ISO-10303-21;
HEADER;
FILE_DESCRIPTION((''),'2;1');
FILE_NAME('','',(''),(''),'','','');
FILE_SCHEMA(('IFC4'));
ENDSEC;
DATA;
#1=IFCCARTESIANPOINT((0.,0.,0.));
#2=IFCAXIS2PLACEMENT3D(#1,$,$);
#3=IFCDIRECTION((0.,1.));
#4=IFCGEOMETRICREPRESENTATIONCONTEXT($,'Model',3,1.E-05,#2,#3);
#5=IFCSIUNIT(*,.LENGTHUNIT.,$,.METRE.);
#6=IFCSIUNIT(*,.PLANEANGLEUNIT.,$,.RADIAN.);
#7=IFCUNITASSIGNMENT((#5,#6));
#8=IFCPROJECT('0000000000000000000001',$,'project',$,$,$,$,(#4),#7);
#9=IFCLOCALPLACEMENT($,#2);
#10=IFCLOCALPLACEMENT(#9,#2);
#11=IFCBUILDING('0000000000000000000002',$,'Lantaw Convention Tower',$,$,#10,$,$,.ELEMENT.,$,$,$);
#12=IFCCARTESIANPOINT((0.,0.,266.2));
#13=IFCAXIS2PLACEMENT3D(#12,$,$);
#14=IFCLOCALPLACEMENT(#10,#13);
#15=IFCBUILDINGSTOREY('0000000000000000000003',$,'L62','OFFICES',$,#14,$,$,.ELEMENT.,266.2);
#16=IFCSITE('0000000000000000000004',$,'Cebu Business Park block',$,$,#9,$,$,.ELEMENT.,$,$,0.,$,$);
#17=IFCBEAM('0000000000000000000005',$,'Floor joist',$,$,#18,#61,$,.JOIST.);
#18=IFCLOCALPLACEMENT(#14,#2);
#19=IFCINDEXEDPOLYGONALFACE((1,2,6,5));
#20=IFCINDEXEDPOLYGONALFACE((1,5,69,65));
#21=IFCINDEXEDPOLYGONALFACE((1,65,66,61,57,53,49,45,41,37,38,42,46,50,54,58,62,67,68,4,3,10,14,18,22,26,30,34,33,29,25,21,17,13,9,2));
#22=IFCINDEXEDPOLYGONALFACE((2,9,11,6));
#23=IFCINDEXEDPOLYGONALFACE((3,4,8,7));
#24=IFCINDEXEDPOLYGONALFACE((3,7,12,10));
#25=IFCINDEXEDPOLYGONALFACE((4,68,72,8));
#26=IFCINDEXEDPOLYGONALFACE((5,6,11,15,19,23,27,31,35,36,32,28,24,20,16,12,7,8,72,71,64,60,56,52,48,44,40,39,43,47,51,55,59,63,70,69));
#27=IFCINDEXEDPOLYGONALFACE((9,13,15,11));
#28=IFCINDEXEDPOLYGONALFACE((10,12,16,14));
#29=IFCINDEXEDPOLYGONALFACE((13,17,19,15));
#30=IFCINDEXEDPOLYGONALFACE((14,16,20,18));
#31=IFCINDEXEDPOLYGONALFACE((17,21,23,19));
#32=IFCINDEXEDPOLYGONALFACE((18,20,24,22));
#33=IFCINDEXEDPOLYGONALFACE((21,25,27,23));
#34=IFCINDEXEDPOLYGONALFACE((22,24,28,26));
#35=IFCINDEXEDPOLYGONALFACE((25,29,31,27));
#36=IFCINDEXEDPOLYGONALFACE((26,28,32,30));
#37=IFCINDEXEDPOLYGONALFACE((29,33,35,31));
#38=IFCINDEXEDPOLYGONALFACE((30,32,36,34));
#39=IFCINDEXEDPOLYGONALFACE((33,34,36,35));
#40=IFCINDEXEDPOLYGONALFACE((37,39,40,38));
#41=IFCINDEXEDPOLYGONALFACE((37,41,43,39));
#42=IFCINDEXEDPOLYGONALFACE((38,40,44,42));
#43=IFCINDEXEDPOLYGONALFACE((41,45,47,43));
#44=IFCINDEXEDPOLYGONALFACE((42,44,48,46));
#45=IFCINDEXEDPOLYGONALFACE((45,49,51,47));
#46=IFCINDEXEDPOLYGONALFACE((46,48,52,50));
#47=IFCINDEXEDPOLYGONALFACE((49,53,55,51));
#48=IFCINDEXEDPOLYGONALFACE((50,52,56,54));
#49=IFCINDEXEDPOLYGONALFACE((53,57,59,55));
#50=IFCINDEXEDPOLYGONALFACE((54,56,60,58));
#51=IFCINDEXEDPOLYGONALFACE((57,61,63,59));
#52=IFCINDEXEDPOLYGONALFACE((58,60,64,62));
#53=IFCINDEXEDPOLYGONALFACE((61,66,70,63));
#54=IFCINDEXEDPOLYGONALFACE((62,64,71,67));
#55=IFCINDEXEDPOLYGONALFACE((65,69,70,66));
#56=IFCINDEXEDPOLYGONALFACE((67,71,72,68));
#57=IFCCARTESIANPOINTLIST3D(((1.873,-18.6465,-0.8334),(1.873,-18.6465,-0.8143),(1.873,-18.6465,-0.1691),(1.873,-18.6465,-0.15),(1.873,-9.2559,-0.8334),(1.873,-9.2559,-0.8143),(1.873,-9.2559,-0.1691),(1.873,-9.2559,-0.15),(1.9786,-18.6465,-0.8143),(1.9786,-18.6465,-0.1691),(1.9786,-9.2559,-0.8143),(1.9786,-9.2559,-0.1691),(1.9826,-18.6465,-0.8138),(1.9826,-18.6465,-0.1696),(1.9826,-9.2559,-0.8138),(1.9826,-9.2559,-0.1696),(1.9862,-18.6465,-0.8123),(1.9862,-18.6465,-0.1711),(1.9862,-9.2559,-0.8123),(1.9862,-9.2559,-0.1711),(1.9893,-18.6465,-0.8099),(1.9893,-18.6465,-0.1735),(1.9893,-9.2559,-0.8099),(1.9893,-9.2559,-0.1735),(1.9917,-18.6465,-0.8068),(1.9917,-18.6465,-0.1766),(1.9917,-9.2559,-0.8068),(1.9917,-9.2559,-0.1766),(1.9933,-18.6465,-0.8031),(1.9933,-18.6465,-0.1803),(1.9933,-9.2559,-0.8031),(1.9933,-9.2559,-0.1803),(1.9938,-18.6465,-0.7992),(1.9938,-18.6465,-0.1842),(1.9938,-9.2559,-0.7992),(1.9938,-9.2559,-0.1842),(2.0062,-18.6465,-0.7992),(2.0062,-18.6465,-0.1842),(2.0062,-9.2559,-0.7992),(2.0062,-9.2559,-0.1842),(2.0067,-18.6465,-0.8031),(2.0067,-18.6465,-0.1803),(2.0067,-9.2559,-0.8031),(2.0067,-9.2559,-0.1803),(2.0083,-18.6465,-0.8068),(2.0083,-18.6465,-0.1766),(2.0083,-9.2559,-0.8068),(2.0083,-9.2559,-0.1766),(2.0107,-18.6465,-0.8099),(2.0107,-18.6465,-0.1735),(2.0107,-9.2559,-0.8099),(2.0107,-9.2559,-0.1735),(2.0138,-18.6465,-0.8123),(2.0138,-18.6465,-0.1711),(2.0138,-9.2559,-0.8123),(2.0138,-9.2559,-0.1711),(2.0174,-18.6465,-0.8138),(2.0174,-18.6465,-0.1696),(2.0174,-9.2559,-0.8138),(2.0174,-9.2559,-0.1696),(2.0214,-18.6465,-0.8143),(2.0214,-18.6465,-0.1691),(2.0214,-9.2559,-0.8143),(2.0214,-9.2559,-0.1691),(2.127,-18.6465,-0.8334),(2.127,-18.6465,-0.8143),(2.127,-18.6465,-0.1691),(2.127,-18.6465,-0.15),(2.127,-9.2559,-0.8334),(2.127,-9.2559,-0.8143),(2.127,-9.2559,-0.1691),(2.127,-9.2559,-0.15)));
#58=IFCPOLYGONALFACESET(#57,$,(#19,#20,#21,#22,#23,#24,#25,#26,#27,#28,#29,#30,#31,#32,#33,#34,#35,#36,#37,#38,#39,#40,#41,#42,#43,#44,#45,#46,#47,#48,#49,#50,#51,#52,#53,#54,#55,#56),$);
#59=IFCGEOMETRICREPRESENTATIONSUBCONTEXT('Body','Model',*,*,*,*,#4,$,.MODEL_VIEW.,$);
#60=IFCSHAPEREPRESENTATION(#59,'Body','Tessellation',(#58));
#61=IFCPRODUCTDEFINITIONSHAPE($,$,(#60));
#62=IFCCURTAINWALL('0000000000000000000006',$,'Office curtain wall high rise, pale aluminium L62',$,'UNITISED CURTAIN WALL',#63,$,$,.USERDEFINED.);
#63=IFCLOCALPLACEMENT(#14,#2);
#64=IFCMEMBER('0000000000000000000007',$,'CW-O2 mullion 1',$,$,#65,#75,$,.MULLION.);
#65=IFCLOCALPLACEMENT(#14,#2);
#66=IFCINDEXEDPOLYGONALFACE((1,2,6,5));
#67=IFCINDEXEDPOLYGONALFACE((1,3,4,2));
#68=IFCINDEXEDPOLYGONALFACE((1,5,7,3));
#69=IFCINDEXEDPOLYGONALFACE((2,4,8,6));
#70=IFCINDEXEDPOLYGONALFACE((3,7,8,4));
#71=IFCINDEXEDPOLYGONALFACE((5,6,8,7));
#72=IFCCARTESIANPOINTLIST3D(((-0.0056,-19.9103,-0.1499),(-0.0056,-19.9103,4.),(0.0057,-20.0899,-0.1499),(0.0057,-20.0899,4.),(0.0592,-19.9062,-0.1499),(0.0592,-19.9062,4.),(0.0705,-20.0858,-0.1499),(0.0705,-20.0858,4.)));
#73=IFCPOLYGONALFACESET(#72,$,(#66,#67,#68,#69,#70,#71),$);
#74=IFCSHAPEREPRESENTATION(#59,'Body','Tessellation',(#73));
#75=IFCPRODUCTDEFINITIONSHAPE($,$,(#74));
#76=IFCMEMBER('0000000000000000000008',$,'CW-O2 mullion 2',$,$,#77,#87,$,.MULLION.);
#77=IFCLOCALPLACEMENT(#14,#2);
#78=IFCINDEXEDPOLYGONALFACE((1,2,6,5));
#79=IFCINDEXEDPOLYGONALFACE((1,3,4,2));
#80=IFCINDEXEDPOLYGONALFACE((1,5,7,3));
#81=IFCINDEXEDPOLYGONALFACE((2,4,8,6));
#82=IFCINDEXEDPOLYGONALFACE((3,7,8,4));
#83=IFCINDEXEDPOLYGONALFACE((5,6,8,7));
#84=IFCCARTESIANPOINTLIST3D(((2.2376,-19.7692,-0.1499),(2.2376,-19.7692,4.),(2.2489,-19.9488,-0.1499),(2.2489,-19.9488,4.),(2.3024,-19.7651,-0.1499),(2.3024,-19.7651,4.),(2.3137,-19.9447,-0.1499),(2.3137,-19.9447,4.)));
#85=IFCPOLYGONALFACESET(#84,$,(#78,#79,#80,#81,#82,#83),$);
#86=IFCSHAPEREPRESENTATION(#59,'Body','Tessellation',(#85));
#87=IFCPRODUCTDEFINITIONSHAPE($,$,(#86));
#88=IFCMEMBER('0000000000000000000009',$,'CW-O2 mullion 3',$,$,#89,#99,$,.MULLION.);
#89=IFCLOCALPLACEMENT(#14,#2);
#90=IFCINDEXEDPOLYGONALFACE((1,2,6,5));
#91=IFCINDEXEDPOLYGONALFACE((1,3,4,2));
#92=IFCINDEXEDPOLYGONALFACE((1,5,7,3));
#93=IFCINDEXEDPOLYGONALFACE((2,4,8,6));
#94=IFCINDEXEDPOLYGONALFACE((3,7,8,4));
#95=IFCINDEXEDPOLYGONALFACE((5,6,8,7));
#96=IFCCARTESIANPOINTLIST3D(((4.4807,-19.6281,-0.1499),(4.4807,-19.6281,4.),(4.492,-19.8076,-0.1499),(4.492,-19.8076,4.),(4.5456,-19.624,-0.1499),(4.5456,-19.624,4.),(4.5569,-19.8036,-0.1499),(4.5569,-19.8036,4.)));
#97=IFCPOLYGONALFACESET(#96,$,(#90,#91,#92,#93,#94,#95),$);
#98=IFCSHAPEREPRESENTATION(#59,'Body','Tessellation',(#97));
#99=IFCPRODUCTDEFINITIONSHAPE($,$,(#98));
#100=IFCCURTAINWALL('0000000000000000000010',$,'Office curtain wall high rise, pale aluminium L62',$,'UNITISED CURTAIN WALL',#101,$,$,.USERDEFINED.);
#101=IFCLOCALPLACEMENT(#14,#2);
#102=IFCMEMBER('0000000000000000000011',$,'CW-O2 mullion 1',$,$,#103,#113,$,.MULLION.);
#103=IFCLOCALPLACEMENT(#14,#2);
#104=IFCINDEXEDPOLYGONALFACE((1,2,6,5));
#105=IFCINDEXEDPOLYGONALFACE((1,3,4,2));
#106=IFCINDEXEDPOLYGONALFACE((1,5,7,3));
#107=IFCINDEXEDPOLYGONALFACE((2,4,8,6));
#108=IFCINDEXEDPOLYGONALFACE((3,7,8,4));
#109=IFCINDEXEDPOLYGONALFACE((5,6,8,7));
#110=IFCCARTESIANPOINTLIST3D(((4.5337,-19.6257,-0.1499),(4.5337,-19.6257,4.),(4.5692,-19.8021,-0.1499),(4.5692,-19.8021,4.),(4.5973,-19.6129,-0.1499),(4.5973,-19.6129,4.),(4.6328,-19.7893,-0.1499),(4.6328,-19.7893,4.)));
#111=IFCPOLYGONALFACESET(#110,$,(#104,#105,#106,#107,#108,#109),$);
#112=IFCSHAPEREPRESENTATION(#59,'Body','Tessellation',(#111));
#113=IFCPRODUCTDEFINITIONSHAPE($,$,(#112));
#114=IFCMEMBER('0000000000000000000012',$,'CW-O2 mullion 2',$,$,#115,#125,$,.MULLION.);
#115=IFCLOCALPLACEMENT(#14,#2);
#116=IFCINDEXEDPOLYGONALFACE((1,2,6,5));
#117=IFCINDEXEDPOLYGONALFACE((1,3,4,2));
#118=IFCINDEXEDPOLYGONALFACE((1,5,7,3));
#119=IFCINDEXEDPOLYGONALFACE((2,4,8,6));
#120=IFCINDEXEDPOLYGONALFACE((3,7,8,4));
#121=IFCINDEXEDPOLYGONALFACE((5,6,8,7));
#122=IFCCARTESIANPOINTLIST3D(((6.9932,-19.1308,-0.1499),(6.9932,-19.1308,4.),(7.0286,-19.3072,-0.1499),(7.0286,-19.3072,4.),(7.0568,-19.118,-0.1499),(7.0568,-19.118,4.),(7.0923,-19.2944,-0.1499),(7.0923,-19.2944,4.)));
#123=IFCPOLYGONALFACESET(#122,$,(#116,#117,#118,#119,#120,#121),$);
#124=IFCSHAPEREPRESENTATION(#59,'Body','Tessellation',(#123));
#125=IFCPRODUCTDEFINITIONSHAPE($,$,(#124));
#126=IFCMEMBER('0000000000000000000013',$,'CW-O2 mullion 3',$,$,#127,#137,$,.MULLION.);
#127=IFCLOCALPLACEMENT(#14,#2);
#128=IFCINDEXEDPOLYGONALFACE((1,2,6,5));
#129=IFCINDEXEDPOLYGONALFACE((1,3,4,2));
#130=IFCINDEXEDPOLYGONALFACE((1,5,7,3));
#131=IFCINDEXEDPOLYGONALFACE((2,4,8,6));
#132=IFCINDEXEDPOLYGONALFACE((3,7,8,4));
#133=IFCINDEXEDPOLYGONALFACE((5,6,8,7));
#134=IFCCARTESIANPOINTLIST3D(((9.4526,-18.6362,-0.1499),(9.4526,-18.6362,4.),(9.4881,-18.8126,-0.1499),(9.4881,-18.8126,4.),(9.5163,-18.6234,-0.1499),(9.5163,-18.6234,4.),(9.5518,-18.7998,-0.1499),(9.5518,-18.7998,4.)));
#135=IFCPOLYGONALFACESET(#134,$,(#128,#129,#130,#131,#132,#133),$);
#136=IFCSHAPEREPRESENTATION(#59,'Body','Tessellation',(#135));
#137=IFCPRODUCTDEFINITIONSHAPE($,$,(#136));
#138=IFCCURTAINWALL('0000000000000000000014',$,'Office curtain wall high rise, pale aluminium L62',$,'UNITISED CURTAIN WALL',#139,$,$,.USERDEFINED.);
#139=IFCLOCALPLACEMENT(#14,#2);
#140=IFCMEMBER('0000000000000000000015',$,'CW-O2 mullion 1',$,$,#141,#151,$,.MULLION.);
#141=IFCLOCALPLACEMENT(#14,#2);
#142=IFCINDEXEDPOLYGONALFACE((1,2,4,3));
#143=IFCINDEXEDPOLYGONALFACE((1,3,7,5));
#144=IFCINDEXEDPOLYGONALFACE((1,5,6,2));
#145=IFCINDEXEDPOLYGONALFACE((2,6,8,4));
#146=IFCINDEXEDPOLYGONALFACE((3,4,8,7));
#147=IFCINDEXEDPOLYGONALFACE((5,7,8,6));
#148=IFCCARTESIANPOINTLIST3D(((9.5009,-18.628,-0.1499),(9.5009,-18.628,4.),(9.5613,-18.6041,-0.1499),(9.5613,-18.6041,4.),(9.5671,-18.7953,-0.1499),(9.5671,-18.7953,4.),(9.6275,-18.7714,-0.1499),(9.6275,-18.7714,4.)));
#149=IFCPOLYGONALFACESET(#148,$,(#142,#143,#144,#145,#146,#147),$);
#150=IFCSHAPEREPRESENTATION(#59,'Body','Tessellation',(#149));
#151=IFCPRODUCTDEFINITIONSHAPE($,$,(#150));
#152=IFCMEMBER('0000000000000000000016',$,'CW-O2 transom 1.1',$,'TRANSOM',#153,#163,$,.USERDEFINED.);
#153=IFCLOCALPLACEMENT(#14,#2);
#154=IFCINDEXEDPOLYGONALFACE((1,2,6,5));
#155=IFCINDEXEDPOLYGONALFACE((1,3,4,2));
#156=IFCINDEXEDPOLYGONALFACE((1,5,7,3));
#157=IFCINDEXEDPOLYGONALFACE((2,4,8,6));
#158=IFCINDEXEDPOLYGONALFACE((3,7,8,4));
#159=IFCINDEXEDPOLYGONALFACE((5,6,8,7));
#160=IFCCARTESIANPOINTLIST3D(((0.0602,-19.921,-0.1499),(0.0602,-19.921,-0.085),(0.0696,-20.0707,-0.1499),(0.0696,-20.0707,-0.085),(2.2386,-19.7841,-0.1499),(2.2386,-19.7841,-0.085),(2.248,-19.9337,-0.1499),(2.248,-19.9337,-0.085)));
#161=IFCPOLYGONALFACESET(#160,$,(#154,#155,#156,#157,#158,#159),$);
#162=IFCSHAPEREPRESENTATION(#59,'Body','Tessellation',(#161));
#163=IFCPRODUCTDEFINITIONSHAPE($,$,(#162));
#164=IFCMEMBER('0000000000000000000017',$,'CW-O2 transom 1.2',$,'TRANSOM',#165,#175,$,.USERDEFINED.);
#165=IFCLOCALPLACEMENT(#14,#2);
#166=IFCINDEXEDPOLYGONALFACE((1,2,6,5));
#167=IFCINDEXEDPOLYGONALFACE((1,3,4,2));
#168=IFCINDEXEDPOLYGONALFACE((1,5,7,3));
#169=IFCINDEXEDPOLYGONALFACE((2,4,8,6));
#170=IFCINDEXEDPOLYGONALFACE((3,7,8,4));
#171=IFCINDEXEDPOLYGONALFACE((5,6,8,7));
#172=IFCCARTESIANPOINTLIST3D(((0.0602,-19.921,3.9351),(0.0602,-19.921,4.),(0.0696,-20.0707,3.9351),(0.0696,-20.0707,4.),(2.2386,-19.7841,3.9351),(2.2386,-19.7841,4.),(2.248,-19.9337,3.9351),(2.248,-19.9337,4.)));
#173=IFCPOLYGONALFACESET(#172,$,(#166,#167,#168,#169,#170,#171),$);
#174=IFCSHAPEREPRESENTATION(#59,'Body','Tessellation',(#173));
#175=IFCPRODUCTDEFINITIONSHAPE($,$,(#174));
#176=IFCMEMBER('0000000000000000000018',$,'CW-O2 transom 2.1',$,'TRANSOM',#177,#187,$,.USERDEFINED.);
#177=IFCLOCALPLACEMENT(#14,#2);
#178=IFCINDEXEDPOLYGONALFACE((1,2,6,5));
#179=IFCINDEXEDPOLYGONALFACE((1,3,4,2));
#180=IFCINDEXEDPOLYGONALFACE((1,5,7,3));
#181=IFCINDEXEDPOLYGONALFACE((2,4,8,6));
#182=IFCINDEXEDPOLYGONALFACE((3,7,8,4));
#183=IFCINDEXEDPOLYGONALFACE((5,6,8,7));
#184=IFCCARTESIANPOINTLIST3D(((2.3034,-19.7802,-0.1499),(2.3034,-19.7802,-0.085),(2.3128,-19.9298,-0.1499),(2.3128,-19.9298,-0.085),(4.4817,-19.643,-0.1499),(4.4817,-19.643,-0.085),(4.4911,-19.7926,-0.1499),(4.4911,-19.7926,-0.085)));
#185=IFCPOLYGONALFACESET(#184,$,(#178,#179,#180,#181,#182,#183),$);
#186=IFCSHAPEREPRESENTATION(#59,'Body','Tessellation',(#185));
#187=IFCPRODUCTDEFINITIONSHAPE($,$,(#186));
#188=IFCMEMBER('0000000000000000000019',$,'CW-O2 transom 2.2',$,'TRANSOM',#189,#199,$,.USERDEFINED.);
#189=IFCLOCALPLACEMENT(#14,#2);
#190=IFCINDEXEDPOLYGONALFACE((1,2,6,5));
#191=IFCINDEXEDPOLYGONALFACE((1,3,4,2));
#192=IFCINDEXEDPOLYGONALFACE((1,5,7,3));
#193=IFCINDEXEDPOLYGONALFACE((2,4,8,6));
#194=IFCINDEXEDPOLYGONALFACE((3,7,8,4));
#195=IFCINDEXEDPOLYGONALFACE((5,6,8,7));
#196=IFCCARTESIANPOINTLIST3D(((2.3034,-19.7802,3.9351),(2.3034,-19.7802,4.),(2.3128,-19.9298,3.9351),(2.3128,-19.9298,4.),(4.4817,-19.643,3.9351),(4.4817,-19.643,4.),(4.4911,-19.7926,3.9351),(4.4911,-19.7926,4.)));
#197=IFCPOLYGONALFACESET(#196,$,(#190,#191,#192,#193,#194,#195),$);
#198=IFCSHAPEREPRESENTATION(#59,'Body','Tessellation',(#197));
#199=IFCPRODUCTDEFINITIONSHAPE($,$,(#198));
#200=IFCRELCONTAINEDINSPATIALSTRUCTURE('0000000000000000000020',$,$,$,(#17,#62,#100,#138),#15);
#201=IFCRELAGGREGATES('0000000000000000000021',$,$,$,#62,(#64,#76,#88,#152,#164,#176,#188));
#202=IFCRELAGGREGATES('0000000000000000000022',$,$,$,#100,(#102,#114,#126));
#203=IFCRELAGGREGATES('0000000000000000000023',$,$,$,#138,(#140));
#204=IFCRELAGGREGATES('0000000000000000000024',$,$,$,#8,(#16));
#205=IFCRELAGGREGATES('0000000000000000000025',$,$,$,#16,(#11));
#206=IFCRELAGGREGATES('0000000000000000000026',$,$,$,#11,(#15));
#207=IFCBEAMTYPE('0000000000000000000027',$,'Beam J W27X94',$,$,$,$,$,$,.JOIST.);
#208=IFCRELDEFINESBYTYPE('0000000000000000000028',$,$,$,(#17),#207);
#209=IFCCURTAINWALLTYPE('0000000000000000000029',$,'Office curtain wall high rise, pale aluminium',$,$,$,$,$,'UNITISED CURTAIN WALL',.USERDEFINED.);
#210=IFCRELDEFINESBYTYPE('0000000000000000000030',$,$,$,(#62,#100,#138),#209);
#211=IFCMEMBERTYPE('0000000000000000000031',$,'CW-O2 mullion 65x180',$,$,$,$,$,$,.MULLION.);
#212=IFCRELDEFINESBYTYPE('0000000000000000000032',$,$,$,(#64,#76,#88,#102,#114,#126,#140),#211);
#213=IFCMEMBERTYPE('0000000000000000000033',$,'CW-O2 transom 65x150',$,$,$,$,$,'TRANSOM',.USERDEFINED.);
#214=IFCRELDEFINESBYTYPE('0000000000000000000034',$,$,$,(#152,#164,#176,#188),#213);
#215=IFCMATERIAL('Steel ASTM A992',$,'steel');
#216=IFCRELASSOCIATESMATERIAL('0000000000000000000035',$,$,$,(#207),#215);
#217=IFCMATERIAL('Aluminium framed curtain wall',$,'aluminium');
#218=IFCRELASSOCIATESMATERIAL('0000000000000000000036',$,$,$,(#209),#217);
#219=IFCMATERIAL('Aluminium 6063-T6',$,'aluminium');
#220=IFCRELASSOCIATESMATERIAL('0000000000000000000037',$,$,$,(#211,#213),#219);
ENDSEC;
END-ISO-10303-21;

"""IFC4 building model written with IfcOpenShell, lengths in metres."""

from ifc_helpers import new_model, si_unit, direction, frame, origin, origin_2d, place, context, subcontext, project, spatial, rectangle, i_section, extrude, material, material_profile, profile_set, type_object, element, aggregate, save


model = new_model("IFC4")

# Units and contexts
model_context = context("Model", 3, precision=1e-05, world=origin(), true_north=direction((0.0, 1.0)))
body_context = subcontext(model_context, "Body", "Model", "MODEL_VIEW")
ifc_project = project(units=[si_unit("LENGTHUNIT", "METRE"), si_unit("PLANEANGLEUNIT", "RADIAN")], contexts=[model_context])

# Site, building, storey
site_placement = place(None, origin())
site = spatial("IfcSite", under=ifc_project, at=site_placement, Name="Cebu Business Park block", CompositionType="ELEMENT", RefElevation=0.0)
building_placement = place(site_placement, origin())
building = spatial("IfcBuilding", under=site, at=building_placement, Name="Lantaw Convention Tower", CompositionType="ELEMENT")
storey_placement = place(building_placement, frame((0.0, 0.0, 266.2)))
storey = spatial("IfcBuildingStorey", under=building, at=storey_placement, Name="L62", Description="OFFICES", CompositionType="ELEMENT", Elevation=266.2)

# Beam
ifc_material_1 = material(Name="Steel ASTM A992", Category="steel")
ifc_material_profile_1 = material_profile(ifc_material_1, i_section(OverallWidth=0.2539, OverallDepth=0.6833, WebThickness=0.0125, FlangeThickness=0.019, FilletRadius=0.0151, at=origin_2d()), Name="W27X94")
ifc_profile_set_1 = profile_set([ifc_material_profile_1], Name="Steel ASTM A992")
beam_type_1 = type_object("IfcBeamType", Name="Beam J W27X94", PredefinedType="JOIST", material=ifc_profile_set_1)
beam_1_placement = place(storey_placement, frame((2.0, -18.6465, -0.4917), z_axis=(0.0, 1.0, 0.0), x_axis=(-1.0, 0.0, 0.0)))
element("IfcBeam", 1, at=beam_1_placement, inside=storey, type_object=beam_type_1, Name="Floor joist", PredefinedType="JOIST", context=body_context, shape_type="SweptSolid", body=[
    extrude(i_section(OverallWidth=0.2539, OverallDepth=0.6833, WebThickness=0.0125, FlangeThickness=0.019, FilletRadius=0.0151, at=origin_2d()), origin(), (0.0, 0.0, 1.0), 9.3906),
])

# Curtain walls, members
ifc_material_2 = material(Name="Aluminium framed curtain wall", Category="aluminium")
curtain_wall_type = type_object("IfcCurtainWallType", Name="Office curtain wall high rise, pale aluminium", ElementType="UNITISED CURTAIN WALL", PredefinedType="USERDEFINED", material=ifc_material_2)
curtain_wall_1_placement = place(storey_placement, origin())
curtain_wall_1 = element("IfcCurtainWall", 2, at=curtain_wall_1_placement, inside=storey, type_object=curtain_wall_type, Name="Office curtain wall high rise, pale aluminium L62", ObjectType="UNITISED CURTAIN WALL", PredefinedType="USERDEFINED")
ifc_material_3 = material(Name="Aluminium 6063-T6", Category="aluminium")
ifc_material_profile_2 = material_profile(ifc_material_3, rectangle(XDim=0.1799, YDim=0.0649, at=origin_2d()), Name="CW-O2 mullion 65x180")
ifc_profile_set_2 = profile_set([ifc_material_profile_2], Name="Aluminium 6063-T6")
member_type_1 = type_object("IfcMemberType", Name="CW-O2 mullion 65x180", PredefinedType="MULLION", material=ifc_profile_set_2)
member_1_placement = place(storey_placement, frame((0.0325, -19.998, -0.1499), z_axis=(0.0, 0.0, 1.0), x_axis=(-0.062758, 0.998029, 0.0)))
member_1 = element("IfcMember", 3, at=member_1_placement, type_object=member_type_1, Name="CW-O2 mullion 1", PredefinedType="MULLION", context=body_context, shape_type="SweptSolid", body=[
    extrude(rectangle(XDim=0.1799, YDim=0.0649, at=origin_2d()), origin(), (0.0, 0.0, 1.0), 4.1499),
])
member_2_placement = place(storey_placement, frame((2.2756, -19.8569, -0.1499), z_axis=(0.0, 0.0, 1.0), x_axis=(-0.062758, 0.998029, 0.0)))
member_2 = element("IfcMember", 4, at=member_2_placement, type_object=member_type_1, Name="CW-O2 mullion 2", PredefinedType="MULLION", context=body_context, shape_type="SweptSolid", body=[
    extrude(rectangle(XDim=0.1799, YDim=0.0649, at=origin_2d()), origin(), (0.0, 0.0, 1.0), 4.1499),
])
member_3_placement = place(storey_placement, frame((4.5188, -19.7158, -0.1499), z_axis=(0.0, 0.0, 1.0), x_axis=(-0.062758, 0.998029, 0.0)))
member_3 = element("IfcMember", 5, at=member_3_placement, type_object=member_type_1, Name="CW-O2 mullion 3", PredefinedType="MULLION", context=body_context, shape_type="SweptSolid", body=[
    extrude(rectangle(XDim=0.1799, YDim=0.0649, at=origin_2d()), origin(), (0.0, 0.0, 1.0), 4.1499),
])
curtain_wall_2_placement = place(storey_placement, origin())
curtain_wall_2 = element("IfcCurtainWall", 6, at=curtain_wall_2_placement, inside=storey, type_object=curtain_wall_type, Name="Office curtain wall high rise, pale aluminium L62", ObjectType="UNITISED CURTAIN WALL", PredefinedType="USERDEFINED")
member_4_placement = place(storey_placement, frame((4.5833, -19.7075, -0.1499), z_axis=(0.0, 0.0, 1.0), x_axis=(-0.197183, 0.980367, 0.0)))
member_4 = element("IfcMember", 7, at=member_4_placement, type_object=member_type_1, Name="CW-O2 mullion 1", PredefinedType="MULLION", context=body_context, shape_type="SweptSolid", body=[
    extrude(rectangle(XDim=0.1799, YDim=0.0649, at=origin_2d()), origin(), (0.0, 0.0, 1.0), 4.1499),
])
member_5_placement = place(storey_placement, frame((7.0427, -19.2126, -0.1499), z_axis=(0.0, 0.0, 1.0), x_axis=(-0.197183, 0.980367, 0.0)))
member_5 = element("IfcMember", 8, at=member_5_placement, type_object=member_type_1, Name="CW-O2 mullion 2", PredefinedType="MULLION", context=body_context, shape_type="SweptSolid", body=[
    extrude(rectangle(XDim=0.1799, YDim=0.0649, at=origin_2d()), origin(), (0.0, 0.0, 1.0), 4.1499),
])
member_6_placement = place(storey_placement, frame((9.5022, -18.718, -0.1499), z_axis=(0.0, 0.0, 1.0), x_axis=(-0.197183, 0.980367, 0.0)))
member_6 = element("IfcMember", 9, at=member_6_placement, type_object=member_type_1, Name="CW-O2 mullion 3", PredefinedType="MULLION", context=body_context, shape_type="SweptSolid", body=[
    extrude(rectangle(XDim=0.1799, YDim=0.0649, at=origin_2d()), origin(), (0.0, 0.0, 1.0), 4.1499),
])

# Curtain wall, member
curtain_wall_3_placement = place(storey_placement, origin())
curtain_wall_3 = element("IfcCurtainWall", 10, at=curtain_wall_3_placement, inside=storey, type_object=curtain_wall_type, Name="Office curtain wall high rise, pale aluminium L62", ObjectType="UNITISED CURTAIN WALL", PredefinedType="USERDEFINED")
member_7_placement = place(storey_placement, frame((9.5642, -18.6997, -0.1499), z_axis=(0.0, 0.0, 1.0), x_axis=(-0.368162, 0.929762, 0.0)))
member_7 = element("IfcMember", 11, at=member_7_placement, type_object=member_type_1, Name="CW-O2 mullion 1", PredefinedType="MULLION", context=body_context, shape_type="SweptSolid", body=[
    extrude(rectangle(XDim=0.1799, YDim=0.0649, at=origin_2d()), origin(), (0.0, 0.0, 1.0), 4.1499),
])

# Members
ifc_material_profile_3 = material_profile(ifc_material_3, rectangle(XDim=0.1499, YDim=0.0649, at=origin_2d()), Name="CW-O2 transom 65x150")
ifc_profile_set_3 = profile_set([ifc_material_profile_3], Name="Aluminium 6063-T6")
member_type_2 = type_object("IfcMemberType", Name="CW-O2 transom 65x150", ElementType="TRANSOM", PredefinedType="USERDEFINED", material=ifc_profile_set_3)
member_8_placement = place(storey_placement, frame((0.0649, -19.9958, -0.1174), z_axis=(0.998029, 0.062754, 0.0), x_axis=(-0.062754, 0.998029, 0.0)))
member_8 = element("IfcMember", 12, at=member_8_placement, type_object=member_type_2, Name="CW-O2 transom 1.1", ObjectType="TRANSOM", PredefinedType="USERDEFINED", context=body_context, shape_type="SweptSolid", body=[
    extrude(rectangle(XDim=0.1499, YDim=0.0649, at=origin_2d()), origin(), (0.0, 0.0, 1.0), 2.1826),
])
member_9_placement = place(storey_placement, frame((0.0649, -19.9958, 3.9675), z_axis=(0.998029, 0.062754, 0.0), x_axis=(-0.062754, 0.998029, 0.0)))
member_9 = element("IfcMember", 13, at=member_9_placement, type_object=member_type_2, Name="CW-O2 transom 1.2", ObjectType="TRANSOM", PredefinedType="USERDEFINED", context=body_context, shape_type="SweptSolid", body=[
    extrude(rectangle(XDim=0.1499, YDim=0.0649, at=origin_2d()), origin(), (0.0, 0.0, 1.0), 2.1826),
])
member_10_placement = place(storey_placement, frame((2.3081, -19.855, -0.1174), z_axis=(0.998022, 0.062866, 0.0), x_axis=(-0.062866, 0.998022, 0.0)))
member_10 = element("IfcMember", 14, at=member_10_placement, type_object=member_type_2, Name="CW-O2 transom 2.1", ObjectType="TRANSOM", PredefinedType="USERDEFINED", context=body_context, shape_type="SweptSolid", body=[
    extrude(rectangle(XDim=0.1499, YDim=0.0649, at=origin_2d()), origin(), (0.0, 0.0, 1.0), 2.1826),
])
member_11_placement = place(storey_placement, frame((2.3081, -19.855, 3.9675), z_axis=(0.998022, 0.062866, 0.0), x_axis=(-0.062866, 0.998022, 0.0)))
member_11 = element("IfcMember", 15, at=member_11_placement, type_object=member_type_2, Name="CW-O2 transom 2.2", ObjectType="TRANSOM", PredefinedType="USERDEFINED", context=body_context, shape_type="SweptSolid", body=[
    extrude(rectangle(XDim=0.1499, YDim=0.0649, at=origin_2d()), origin(), (0.0, 0.0, 1.0), 2.1826),
])

aggregate(curtain_wall_1, [member_1, member_2, member_3, member_8, member_9, member_10, member_11])
aggregate(curtain_wall_2, [member_4, member_5, member_6])
aggregate(curtain_wall_3, [member_7])

save(model, "model.ifc")
